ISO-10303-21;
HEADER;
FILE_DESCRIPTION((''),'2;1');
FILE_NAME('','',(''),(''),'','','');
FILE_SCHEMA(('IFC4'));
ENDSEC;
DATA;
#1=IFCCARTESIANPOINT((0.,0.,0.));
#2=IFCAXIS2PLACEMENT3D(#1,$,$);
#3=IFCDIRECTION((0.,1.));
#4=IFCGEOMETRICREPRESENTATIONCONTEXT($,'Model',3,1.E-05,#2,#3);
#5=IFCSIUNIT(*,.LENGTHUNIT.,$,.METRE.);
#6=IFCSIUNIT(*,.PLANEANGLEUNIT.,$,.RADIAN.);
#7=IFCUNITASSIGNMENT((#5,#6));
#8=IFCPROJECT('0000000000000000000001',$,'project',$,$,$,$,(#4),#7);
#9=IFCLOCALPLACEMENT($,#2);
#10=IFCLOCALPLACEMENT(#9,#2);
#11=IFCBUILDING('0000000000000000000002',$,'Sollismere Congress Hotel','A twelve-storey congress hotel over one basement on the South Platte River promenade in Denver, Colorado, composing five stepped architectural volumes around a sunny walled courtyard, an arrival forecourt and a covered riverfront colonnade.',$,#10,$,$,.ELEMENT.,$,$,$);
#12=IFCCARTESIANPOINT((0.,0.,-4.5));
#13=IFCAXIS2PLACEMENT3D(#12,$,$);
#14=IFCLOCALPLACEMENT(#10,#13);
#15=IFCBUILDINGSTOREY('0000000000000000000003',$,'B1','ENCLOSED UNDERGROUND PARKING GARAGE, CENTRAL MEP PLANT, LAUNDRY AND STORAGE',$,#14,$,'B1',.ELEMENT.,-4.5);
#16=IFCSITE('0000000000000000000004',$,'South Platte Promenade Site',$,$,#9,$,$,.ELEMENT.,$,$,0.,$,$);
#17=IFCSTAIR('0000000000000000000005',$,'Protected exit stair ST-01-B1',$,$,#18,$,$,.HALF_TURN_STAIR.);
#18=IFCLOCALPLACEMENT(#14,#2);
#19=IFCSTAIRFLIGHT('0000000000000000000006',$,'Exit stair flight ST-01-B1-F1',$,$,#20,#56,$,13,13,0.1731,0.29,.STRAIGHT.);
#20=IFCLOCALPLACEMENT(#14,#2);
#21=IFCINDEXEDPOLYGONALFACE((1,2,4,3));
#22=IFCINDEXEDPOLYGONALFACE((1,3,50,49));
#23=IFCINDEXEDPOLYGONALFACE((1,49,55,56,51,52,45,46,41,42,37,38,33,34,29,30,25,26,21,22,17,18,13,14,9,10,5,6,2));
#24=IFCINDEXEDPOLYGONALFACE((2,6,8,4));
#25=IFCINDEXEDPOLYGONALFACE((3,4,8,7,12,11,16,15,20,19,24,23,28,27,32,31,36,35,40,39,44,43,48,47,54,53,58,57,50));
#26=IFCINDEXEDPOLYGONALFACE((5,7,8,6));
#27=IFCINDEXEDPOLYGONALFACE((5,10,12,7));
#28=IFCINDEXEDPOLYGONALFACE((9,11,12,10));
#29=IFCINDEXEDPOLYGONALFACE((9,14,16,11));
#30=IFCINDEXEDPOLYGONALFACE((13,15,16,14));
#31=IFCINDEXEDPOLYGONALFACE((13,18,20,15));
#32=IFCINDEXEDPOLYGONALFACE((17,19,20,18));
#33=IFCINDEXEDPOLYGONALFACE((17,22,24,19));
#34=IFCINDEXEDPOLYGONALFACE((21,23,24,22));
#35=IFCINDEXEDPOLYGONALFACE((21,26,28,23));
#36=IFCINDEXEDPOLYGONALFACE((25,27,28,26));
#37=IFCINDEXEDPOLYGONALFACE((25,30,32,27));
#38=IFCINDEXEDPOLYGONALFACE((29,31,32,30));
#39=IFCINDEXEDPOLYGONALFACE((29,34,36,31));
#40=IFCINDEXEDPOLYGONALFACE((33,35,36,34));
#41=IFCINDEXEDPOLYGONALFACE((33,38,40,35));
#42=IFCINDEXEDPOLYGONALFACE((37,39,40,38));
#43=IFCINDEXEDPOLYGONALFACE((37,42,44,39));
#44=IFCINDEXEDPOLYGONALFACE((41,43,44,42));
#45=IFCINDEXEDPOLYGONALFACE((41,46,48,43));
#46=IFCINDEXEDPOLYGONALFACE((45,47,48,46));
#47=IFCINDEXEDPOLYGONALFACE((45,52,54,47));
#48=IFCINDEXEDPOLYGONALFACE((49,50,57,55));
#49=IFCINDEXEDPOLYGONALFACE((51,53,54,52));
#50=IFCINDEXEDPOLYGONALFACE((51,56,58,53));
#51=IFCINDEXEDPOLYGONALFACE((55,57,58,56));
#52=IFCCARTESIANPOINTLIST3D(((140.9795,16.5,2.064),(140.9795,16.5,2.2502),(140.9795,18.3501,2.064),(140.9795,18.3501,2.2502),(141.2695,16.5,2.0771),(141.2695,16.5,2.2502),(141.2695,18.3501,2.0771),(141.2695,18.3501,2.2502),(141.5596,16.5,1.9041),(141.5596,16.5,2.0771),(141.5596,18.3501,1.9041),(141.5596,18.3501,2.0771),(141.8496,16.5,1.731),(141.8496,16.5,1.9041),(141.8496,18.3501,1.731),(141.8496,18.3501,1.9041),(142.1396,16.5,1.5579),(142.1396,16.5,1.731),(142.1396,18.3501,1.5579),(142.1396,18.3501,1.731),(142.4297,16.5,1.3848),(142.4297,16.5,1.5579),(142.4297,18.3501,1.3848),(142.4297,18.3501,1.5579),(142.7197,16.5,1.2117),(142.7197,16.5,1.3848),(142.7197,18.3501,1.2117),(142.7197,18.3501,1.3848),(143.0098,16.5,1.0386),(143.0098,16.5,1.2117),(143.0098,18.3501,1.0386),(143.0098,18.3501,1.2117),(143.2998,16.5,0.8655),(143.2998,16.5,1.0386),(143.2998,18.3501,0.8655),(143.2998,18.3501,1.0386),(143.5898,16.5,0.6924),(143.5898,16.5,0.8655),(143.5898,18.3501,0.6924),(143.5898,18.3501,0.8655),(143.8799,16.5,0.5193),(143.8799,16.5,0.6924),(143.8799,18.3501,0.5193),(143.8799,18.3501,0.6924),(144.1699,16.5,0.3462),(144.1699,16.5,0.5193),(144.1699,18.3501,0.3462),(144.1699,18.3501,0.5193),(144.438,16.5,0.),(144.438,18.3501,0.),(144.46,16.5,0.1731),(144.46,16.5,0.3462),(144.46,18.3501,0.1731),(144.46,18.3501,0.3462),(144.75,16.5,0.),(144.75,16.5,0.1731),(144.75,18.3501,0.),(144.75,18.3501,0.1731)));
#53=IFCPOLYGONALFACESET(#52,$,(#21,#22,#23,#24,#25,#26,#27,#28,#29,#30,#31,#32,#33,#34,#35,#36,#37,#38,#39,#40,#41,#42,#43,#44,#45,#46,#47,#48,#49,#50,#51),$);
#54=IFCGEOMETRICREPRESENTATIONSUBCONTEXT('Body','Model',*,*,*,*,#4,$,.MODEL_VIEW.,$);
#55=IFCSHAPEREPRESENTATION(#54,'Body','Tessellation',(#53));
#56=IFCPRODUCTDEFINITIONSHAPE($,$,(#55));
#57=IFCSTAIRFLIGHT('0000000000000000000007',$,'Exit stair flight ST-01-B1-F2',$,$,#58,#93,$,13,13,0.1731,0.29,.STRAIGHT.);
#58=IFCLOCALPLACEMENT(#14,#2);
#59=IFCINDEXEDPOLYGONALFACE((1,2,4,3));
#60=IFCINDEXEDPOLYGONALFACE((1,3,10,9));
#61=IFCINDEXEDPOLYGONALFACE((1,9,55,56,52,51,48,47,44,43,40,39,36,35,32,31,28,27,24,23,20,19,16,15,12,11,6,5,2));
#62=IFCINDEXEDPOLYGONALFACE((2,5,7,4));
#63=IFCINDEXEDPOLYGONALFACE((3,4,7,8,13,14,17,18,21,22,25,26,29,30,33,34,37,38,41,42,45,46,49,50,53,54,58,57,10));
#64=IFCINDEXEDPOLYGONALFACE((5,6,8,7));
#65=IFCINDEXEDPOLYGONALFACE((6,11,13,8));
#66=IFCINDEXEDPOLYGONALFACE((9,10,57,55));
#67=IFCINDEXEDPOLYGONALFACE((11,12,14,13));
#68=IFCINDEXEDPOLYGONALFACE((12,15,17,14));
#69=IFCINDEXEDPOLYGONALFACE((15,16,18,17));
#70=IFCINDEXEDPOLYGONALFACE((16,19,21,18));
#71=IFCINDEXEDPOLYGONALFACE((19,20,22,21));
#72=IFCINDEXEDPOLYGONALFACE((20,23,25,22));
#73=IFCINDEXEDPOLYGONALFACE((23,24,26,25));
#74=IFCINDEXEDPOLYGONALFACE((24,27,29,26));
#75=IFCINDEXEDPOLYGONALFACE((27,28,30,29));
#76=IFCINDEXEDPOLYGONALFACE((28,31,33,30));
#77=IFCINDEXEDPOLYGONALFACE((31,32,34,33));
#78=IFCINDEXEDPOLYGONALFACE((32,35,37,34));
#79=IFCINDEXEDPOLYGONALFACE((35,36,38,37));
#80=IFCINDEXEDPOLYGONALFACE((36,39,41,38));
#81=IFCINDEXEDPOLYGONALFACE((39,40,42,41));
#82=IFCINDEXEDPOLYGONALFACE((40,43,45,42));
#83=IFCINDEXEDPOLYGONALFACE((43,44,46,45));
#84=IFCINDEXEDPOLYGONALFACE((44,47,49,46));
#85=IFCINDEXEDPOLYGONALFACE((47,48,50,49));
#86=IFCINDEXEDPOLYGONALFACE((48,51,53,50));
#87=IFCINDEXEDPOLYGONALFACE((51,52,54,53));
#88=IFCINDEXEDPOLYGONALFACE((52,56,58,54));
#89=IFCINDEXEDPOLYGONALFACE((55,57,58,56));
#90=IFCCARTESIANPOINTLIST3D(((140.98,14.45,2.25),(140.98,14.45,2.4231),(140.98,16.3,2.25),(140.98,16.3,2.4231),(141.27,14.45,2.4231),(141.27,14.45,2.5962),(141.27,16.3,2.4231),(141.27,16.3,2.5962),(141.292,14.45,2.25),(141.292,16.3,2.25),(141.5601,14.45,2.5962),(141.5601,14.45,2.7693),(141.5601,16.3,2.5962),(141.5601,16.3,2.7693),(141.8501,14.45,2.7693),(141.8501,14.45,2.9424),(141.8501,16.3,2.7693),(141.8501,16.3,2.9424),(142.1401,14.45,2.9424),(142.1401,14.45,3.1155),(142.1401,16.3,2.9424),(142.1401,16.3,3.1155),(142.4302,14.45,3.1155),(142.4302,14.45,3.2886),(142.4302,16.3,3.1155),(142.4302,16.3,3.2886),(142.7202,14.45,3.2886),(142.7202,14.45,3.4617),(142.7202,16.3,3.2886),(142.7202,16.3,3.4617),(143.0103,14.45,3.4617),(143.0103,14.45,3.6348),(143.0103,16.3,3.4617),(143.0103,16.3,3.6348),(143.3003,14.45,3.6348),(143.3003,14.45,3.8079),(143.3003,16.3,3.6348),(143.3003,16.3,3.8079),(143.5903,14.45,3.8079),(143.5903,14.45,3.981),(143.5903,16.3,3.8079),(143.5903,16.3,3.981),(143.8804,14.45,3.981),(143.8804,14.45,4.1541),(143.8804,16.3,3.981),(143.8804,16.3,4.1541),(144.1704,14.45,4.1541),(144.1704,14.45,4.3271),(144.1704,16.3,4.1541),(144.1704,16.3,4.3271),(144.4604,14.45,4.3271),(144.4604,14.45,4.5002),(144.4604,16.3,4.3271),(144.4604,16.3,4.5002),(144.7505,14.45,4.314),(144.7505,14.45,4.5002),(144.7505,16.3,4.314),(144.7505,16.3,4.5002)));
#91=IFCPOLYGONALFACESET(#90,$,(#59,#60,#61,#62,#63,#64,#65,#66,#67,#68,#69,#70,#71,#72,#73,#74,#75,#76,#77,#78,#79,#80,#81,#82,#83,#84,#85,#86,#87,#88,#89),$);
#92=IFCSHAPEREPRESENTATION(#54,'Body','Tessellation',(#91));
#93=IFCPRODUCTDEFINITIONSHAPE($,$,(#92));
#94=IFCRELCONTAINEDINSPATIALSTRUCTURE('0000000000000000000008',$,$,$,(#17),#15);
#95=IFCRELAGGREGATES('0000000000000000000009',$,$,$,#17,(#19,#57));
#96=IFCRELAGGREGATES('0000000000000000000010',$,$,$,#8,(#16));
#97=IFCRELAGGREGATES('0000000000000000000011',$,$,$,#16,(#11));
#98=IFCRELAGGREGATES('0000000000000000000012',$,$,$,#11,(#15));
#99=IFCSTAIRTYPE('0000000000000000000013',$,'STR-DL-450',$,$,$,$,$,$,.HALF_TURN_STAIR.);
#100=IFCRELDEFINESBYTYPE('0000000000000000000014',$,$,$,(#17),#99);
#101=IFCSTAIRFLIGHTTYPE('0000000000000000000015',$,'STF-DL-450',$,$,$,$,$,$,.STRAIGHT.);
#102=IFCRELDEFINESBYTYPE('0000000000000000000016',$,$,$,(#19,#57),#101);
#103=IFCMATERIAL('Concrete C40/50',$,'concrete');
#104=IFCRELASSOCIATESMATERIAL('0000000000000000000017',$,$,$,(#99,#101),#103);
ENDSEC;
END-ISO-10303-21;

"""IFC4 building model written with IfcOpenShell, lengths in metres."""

from ifc_helpers import new_model, si_unit, direction, frame, origin, place, context, subcontext, project, spatial, polyline, outline, extrude, material, type_object, element, aggregate, save


model = new_model("IFC4")

# Units and contexts
model_context = context("Model", 3, precision=1e-05, world=origin(), true_north=direction((0.0, 1.0)))
body_context = subcontext(model_context, "Body", "Model", "MODEL_VIEW")
ifc_project = project(units=[si_unit("LENGTHUNIT", "METRE"), si_unit("PLANEANGLEUNIT", "RADIAN")], contexts=[model_context])

# Site, building, storey
site_placement = place(None, origin())
site = spatial("IfcSite", under=ifc_project, at=site_placement, Name="South Platte Promenade Site", CompositionType="ELEMENT", RefElevation=0.0)
building_placement = place(site_placement, origin())
building = spatial("IfcBuilding", under=site, at=building_placement, Name="Sollismere Congress Hotel", Description="A twelve-storey congress hotel over one basement on the South Platte River promenade in Denver, Colorado, composing five stepped architectural volumes around a sunny walled courtyard, an arrival forecourt and a covered riverfront colonnade.", CompositionType="ELEMENT")
storey_placement = place(building_placement, frame((0.0, 0.0, -4.5)))
storey = spatial("IfcBuildingStorey", under=building, at=storey_placement, Name="B1", Description="ENCLOSED UNDERGROUND PARKING GARAGE, CENTRAL MEP PLANT, LAUNDRY AND STORAGE", LongName="B1", CompositionType="ELEMENT", Elevation=-4.5)

# Shared definitions
ifc_material_1 = material(Name="Concrete C40/50", Category="concrete")

# Stair, stair flights
stair_type = type_object("IfcStairType", Name="STR-DL-450", PredefinedType="HALF_TURN_STAIR", material=ifc_material_1)
stair_placement = place(storey_placement, origin())
stair = element("IfcStair", 1, at=stair_placement, inside=storey, type_object=stair_type, Name="Protected exit stair ST-01-B1", PredefinedType="HALF_TURN_STAIR")
stair_flight_type = type_object("IfcStairFlightType", Name="STF-DL-450", PredefinedType="STRAIGHT", material=ifc_material_1)
stair_flight_1_placement = place(storey_placement, frame((144.75, 17.425, 0.0), z_axis=(0.0, 0.0, 1.0), x_axis=(-1.0, 0.0, 0.0)))
stair_flight_1 = element("IfcStairFlight", 2, at=stair_flight_1_placement, type_object=stair_flight_type, Name="Exit stair flight ST-01-B1-F1", NumberOfRisers=13, NumberOfTreads=13, PredefinedType="STRAIGHT", RiserHeight=0.1731, TreadLength=0.29, context=body_context, shape_type="SweptSolid", body=[
    extrude(outline(polyline([(0.0, 0.0), (0.0, 0.1731), (0.29, 0.1731), (0.29, 0.3462), (0.5801, 0.3462), (0.5801, 0.5193), (0.8701, 0.5193), (0.8701, 0.6924), (1.1602, 0.6924), (1.1602, 0.8655), (1.4502, 0.8655), (1.4502, 1.0386), (1.7402, 1.0386), (1.7402, 1.2117), (2.0303, 1.2117), (2.0303, 1.3848), (2.3203, 1.3848), (2.3203, 1.5579), (2.6104, 1.5579), (2.6104, 1.731), (2.9004, 1.731), (2.9004, 1.9041), (3.1904, 1.9041), (3.1904, 2.0771), (3.4805, 2.0771), (3.4805, 2.2502), (3.7705, 2.2502), (3.7705, 2.064), (0.312, 0.0), (0.0, 0.0)])), frame((0.0, 0.925, 0.0), z_axis=(0.0, -1.0, 0.0), x_axis=(1.0, 0.0, 0.0)), (0.0, 0.0, 1.0), 1.8501),
])
stair_flight_2_placement = place(storey_placement, frame((140.98, 15.375, 2.25), z_axis=(0.0, 0.0, 1.0), x_axis=(1.0, 0.0, 0.0)))
stair_flight_2 = element("IfcStairFlight", 3, at=stair_flight_2_placement, type_object=stair_flight_type, Name="Exit stair flight ST-01-B1-F2", NumberOfRisers=13, NumberOfTreads=13, PredefinedType="STRAIGHT", RiserHeight=0.1731, TreadLength=0.29, context=body_context, shape_type="SweptSolid", body=[
    extrude(outline(polyline([(0.0, 0.0), (0.0, 0.1731), (0.29, 0.1731), (0.29, 0.3462), (0.5801, 0.3462), (0.5801, 0.5193), (0.8701, 0.5193), (0.8701, 0.6924), (1.1602, 0.6924), (1.1602, 0.8655), (1.4502, 0.8655), (1.4502, 1.0386), (1.7402, 1.0386), (1.7402, 1.2117), (2.0303, 1.2117), (2.0303, 1.3848), (2.3203, 1.3848), (2.3203, 1.5579), (2.6104, 1.5579), (2.6104, 1.731), (2.9004, 1.731), (2.9004, 1.9041), (3.1904, 1.9041), (3.1904, 2.0771), (3.4805, 2.0771), (3.4805, 2.2502), (3.7705, 2.2502), (3.7705, 2.064), (0.312, 0.0), (0.0, 0.0)])), frame((0.0, 0.925, 0.0), z_axis=(0.0, -1.0, 0.0), x_axis=(1.0, 0.0, 0.0)), (0.0, 0.0, 1.0), 1.8501),
])
aggregate(stair, [stair_flight_1, stair_flight_2])

save(model, "model.ifc")
